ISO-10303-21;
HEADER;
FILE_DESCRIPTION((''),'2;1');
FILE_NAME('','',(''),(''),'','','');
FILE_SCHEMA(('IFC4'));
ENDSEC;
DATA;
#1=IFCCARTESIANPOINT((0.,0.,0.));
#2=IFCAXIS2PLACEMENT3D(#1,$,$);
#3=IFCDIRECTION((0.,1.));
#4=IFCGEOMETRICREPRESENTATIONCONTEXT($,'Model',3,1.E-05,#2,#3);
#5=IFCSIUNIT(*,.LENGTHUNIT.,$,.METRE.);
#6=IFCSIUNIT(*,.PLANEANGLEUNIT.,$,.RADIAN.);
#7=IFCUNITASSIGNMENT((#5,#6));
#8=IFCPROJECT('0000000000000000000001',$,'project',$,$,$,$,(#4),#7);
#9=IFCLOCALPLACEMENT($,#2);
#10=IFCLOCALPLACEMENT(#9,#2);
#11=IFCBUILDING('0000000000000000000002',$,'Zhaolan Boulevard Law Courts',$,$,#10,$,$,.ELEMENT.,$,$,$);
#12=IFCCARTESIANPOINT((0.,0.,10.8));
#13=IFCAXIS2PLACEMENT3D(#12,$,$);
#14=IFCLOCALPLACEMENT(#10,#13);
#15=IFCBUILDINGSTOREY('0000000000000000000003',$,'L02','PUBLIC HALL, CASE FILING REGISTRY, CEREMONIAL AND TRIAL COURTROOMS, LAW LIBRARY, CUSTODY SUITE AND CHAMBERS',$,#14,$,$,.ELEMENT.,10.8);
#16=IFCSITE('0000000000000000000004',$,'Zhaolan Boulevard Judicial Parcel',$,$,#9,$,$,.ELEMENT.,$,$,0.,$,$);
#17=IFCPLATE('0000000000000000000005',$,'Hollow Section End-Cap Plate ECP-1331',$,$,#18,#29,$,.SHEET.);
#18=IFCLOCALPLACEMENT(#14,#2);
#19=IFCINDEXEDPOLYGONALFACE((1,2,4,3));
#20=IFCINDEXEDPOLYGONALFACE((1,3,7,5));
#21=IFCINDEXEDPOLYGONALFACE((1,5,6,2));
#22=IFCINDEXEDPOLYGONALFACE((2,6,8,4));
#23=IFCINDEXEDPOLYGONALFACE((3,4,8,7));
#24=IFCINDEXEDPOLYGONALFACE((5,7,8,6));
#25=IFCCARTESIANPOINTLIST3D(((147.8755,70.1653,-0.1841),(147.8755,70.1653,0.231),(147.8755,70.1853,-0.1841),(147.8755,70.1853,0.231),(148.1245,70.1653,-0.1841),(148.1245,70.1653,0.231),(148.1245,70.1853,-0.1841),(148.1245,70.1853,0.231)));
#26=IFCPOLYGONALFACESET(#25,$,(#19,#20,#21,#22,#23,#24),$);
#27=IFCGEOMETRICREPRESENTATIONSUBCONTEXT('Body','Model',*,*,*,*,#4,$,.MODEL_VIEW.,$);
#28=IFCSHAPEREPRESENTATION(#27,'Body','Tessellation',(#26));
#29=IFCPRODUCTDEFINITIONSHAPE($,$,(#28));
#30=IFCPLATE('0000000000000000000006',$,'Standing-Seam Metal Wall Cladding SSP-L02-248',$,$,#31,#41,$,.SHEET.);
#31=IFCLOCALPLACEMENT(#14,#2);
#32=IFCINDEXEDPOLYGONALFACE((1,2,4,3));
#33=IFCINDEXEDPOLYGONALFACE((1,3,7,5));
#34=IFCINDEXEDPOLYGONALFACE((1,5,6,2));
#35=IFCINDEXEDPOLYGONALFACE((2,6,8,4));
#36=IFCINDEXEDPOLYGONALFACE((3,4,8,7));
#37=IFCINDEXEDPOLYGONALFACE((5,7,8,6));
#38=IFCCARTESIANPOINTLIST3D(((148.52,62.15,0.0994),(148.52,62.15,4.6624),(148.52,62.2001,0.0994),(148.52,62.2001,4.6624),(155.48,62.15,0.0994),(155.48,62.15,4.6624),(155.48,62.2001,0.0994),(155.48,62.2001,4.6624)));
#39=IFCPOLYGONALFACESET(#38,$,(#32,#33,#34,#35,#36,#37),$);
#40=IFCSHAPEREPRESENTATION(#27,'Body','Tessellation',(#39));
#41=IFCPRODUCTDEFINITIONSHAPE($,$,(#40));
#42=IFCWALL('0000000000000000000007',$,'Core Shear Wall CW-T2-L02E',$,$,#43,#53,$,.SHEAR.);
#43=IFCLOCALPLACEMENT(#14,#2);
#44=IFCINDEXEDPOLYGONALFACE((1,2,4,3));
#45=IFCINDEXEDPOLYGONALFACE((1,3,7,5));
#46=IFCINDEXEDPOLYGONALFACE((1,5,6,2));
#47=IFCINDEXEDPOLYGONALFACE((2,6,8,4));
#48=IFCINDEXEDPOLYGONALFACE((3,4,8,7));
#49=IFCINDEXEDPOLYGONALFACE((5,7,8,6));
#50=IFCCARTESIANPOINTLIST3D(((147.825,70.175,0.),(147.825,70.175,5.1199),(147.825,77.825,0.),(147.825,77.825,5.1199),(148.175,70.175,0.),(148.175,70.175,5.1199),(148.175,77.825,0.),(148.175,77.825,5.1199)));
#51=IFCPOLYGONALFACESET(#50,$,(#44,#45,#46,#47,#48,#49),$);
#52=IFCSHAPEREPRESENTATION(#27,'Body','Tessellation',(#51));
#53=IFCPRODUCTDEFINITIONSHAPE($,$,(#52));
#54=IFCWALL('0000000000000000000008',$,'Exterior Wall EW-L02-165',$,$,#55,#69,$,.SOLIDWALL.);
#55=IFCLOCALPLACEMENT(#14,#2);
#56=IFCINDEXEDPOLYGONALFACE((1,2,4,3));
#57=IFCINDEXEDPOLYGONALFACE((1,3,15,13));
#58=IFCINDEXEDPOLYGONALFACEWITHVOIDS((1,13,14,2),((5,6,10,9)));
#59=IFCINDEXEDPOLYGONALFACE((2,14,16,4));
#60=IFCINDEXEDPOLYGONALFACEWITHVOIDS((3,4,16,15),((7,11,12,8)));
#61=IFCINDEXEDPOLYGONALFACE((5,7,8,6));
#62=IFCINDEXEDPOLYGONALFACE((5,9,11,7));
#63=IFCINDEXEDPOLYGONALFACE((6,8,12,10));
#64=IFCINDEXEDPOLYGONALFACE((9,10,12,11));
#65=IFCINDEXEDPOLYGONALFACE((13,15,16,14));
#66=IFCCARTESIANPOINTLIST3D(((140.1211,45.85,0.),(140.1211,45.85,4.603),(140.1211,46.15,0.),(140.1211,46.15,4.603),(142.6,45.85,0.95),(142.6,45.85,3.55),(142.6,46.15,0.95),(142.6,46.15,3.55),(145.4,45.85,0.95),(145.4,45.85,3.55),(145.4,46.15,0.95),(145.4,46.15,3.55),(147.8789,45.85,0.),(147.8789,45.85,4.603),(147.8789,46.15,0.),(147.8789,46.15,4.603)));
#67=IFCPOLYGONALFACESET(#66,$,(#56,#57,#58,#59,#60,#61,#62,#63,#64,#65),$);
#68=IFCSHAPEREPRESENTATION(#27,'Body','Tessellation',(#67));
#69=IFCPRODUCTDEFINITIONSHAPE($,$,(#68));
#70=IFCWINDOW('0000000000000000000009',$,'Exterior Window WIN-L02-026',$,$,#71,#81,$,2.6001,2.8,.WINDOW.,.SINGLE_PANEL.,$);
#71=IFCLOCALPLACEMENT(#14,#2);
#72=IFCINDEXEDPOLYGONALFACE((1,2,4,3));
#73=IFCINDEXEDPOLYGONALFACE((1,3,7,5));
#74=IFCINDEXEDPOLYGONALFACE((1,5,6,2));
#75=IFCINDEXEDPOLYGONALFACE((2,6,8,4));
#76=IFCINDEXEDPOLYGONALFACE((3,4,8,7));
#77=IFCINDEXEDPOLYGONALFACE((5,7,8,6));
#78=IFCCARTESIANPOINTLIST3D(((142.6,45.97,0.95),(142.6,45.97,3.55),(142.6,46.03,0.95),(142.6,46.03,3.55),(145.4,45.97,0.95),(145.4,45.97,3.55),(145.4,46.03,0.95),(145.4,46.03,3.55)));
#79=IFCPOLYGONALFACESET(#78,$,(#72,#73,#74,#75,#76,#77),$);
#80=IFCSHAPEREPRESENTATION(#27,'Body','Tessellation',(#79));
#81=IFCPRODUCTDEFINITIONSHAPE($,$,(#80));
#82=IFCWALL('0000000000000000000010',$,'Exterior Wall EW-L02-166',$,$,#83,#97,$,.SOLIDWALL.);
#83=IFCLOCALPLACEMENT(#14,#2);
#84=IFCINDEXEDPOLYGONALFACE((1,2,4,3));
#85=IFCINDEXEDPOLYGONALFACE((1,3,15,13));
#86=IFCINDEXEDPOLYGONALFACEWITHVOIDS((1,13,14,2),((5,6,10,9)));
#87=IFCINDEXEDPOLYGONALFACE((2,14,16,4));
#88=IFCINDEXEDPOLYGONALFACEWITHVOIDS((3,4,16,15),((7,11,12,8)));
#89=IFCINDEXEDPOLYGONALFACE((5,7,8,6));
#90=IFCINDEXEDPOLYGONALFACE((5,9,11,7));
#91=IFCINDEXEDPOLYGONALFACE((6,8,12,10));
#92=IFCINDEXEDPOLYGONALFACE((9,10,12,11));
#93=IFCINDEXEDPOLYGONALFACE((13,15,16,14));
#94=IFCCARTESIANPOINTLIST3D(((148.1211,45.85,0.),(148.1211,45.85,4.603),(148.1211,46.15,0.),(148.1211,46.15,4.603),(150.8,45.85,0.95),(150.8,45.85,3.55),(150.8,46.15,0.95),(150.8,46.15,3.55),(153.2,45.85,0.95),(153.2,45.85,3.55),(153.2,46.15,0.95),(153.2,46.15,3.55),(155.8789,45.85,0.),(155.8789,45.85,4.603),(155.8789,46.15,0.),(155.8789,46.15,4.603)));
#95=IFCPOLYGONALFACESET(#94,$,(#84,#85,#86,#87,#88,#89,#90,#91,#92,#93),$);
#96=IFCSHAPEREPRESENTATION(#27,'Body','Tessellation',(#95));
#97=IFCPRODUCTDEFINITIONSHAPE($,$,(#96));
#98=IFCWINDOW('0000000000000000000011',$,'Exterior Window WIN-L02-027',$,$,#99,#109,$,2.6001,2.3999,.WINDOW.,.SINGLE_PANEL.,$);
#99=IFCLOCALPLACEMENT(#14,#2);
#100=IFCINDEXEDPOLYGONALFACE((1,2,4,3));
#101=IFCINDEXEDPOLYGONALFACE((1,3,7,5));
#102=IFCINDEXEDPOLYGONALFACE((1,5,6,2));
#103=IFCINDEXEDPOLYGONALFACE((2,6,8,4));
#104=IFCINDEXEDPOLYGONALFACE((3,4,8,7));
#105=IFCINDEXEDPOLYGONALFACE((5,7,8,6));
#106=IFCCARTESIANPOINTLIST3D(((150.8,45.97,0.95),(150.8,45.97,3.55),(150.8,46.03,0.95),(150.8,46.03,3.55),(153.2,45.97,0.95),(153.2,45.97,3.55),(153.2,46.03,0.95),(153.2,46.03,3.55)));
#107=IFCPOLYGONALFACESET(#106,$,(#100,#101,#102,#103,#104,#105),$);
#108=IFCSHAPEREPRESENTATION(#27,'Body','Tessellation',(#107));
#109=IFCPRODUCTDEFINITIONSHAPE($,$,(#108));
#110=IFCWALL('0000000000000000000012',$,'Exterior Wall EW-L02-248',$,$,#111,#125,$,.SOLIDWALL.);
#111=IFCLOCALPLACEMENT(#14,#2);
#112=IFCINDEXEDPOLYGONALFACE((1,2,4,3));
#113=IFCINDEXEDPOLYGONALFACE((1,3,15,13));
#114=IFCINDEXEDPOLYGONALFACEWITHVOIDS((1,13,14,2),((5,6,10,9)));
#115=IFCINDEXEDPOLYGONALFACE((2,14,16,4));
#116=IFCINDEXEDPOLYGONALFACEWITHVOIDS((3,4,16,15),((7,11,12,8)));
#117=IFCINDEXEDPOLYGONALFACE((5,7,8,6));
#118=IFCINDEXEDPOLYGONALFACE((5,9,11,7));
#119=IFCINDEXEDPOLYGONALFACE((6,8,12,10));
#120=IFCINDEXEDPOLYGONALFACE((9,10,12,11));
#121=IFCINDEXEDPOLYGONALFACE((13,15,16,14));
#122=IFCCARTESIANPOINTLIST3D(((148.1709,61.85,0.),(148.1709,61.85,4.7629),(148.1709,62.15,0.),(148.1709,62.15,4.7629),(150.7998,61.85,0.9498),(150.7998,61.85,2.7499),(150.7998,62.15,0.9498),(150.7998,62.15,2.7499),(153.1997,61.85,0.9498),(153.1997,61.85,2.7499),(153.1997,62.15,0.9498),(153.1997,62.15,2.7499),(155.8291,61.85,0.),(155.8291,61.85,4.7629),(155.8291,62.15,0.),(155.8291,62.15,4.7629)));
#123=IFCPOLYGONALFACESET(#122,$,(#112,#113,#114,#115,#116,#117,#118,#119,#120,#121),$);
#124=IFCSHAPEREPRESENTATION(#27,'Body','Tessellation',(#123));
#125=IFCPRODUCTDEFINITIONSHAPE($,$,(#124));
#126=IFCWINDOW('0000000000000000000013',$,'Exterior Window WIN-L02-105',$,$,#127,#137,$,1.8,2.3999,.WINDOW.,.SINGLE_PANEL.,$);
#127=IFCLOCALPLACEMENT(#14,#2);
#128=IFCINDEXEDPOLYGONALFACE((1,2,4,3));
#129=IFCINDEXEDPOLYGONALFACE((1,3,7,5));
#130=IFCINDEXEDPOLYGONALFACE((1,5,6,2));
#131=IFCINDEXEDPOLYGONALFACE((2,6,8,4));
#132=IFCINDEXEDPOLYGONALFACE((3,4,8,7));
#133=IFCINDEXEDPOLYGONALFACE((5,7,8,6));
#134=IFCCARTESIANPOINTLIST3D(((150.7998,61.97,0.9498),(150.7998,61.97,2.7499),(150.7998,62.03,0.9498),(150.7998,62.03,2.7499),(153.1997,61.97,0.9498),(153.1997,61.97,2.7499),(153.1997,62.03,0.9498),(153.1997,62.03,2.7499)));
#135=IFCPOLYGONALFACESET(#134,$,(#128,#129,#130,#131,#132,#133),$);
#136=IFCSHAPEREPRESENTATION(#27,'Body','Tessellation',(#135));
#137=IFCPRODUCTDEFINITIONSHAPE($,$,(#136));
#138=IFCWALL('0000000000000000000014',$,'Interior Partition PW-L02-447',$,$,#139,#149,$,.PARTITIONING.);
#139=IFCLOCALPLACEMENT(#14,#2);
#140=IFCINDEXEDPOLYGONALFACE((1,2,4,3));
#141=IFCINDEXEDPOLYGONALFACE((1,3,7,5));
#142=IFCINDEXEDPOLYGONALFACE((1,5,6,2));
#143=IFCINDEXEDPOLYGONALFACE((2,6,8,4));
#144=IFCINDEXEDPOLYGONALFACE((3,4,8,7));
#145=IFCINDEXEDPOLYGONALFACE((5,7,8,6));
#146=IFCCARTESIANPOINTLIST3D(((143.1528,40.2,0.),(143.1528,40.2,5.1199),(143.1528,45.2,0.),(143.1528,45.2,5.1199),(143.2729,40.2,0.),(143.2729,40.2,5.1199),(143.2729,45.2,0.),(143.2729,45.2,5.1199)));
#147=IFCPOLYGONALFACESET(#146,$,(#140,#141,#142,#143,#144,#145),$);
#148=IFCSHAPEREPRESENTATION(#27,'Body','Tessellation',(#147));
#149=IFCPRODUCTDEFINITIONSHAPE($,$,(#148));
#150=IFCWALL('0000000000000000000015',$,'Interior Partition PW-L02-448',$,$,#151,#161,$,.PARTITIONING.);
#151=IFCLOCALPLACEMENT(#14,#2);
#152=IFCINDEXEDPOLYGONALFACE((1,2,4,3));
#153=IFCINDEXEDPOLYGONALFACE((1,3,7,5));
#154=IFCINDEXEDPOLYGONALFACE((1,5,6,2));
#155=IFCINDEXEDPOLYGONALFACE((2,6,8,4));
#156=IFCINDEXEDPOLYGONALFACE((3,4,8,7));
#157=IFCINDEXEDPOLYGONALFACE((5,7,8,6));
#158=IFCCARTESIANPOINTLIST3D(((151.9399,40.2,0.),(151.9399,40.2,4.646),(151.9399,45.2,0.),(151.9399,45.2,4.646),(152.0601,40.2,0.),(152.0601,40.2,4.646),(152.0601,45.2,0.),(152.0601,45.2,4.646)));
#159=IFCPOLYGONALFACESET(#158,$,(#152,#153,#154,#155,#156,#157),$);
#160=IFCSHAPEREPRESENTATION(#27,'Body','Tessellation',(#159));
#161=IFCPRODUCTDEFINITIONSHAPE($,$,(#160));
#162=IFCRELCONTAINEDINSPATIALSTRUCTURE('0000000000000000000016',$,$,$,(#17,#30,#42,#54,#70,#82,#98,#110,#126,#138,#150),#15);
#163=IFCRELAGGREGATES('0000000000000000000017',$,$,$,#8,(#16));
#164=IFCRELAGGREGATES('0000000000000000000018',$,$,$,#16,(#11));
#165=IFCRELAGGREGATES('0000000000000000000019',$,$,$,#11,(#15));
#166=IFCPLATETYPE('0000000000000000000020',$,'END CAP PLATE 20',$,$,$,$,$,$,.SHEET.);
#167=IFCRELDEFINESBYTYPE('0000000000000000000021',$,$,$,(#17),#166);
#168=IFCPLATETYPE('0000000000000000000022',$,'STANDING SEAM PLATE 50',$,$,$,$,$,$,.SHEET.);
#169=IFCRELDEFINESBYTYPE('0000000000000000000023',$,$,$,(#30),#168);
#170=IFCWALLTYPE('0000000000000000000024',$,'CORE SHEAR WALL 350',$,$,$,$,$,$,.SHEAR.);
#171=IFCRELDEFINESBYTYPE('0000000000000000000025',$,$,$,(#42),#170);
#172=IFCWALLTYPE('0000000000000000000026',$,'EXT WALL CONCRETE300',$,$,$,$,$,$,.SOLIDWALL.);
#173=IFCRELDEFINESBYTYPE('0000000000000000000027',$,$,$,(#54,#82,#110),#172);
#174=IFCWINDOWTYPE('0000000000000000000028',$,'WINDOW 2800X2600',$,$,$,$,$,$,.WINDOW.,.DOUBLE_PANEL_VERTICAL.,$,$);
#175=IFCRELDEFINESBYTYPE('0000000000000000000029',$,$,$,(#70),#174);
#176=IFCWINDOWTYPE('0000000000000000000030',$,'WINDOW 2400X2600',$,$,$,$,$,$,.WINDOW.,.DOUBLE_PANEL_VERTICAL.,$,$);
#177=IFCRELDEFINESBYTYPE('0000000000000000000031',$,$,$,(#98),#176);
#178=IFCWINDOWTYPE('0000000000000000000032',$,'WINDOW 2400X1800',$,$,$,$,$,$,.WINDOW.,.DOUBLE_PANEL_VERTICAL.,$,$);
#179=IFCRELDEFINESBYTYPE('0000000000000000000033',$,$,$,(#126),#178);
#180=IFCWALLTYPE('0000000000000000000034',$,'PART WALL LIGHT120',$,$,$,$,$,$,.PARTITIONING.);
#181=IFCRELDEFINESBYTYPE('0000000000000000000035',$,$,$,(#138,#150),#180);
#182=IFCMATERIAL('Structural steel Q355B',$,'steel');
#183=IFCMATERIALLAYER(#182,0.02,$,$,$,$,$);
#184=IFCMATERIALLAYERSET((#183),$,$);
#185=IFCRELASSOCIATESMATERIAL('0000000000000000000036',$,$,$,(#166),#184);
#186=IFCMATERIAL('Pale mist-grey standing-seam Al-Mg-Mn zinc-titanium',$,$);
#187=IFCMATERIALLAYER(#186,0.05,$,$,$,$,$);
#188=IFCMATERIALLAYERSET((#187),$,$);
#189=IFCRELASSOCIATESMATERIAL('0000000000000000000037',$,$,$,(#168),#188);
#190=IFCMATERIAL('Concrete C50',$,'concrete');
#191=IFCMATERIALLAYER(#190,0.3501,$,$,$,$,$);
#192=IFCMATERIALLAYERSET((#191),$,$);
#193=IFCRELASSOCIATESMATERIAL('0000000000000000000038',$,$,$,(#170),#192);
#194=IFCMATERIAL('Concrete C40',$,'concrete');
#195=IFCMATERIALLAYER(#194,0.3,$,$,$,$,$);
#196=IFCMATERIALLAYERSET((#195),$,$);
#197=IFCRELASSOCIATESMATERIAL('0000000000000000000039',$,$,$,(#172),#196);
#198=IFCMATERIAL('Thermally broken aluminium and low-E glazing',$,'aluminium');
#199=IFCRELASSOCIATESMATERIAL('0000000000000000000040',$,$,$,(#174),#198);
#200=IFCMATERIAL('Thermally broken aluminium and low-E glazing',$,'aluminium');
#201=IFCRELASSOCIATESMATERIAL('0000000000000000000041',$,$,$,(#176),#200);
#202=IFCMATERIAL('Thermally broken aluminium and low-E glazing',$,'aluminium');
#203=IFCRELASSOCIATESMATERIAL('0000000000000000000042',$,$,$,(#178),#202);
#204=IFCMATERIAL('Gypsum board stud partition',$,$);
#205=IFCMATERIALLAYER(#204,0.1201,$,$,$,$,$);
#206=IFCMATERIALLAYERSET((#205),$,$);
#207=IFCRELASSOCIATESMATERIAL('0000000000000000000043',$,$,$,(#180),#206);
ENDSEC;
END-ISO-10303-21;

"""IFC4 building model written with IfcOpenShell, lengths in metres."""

from ifc_helpers import new_model, si_unit, direction, frame, frame_2d, origin, origin_2d, place, context, subcontext, project, spatial, rectangle, extrude, material, layer, layer_set, type_object, element, fill, save


model = new_model("IFC4")

# Units and contexts
model_context = context("Model", 3, precision=1e-05, world=origin(), true_north=direction((0.0, 1.0)))
body_context = subcontext(model_context, "Body", "Model", "MODEL_VIEW")
ifc_project = project(units=[si_unit("LENGTHUNIT", "METRE"), si_unit("PLANEANGLEUNIT", "RADIAN")], contexts=[model_context])

# Site, building, storey
site_placement = place(None, origin())
site = spatial("IfcSite", under=ifc_project, at=site_placement, Name="Zhaolan Boulevard Judicial Parcel", CompositionType="ELEMENT", RefElevation=0.0)
building_placement = place(site_placement, origin())
building = spatial("IfcBuilding", under=site, at=building_placement, Name="Zhaolan Boulevard Law Courts", CompositionType="ELEMENT")
storey_placement = place(building_placement, frame((0.0, 0.0, 10.8)))
storey = spatial("IfcBuildingStorey", under=building, at=storey_placement, Name="L02", Description="PUBLIC HALL, CASE FILING REGISTRY, CEREMONIAL AND TRIAL COURTROOMS, LAW LIBRARY, CUSTODY SUITE AND CHAMBERS", CompositionType="ELEMENT", Elevation=10.8)

# Plates
ifc_material_1 = material(Name="Structural steel Q355B", Category="steel")
ifc_layer_1 = layer(ifc_material_1, 0.02)
ifc_layer_set_1 = layer_set([ifc_layer_1])
plate_type_1 = type_object("IfcPlateType", Name="END CAP PLATE 20", PredefinedType="SHEET", material=ifc_layer_set_1)
plate_1_placement = place(storey_placement, frame((148.0, 70.1753, -0.1841), z_axis=(0.0, 0.0, 1.0), x_axis=(0.0, 1.0, 0.0)))
element("IfcPlate", 1, at=plate_1_placement, inside=storey, type_object=plate_type_1, Name="Hollow Section End-Cap Plate ECP-1331", PredefinedType="SHEET", context=body_context, shape_type="SweptSolid", body=[
    extrude(rectangle(XDim=0.02, YDim=0.249, at=origin_2d()), origin(), (0.0, 0.0, 1.0), 0.415),
])
ifc_material_2 = material(Name="Pale mist-grey standing-seam Al-Mg-Mn zinc-titanium")
ifc_layer_2 = layer(ifc_material_2, 0.05)
ifc_layer_set_2 = layer_set([ifc_layer_2])
plate_type_2 = type_object("IfcPlateType", Name="STANDING SEAM PLATE 50", PredefinedType="SHEET", material=ifc_layer_set_2)
plate_2_placement = place(storey_placement, frame((152.0, 62.175, 0.0994), z_axis=(0.0, 0.0, 1.0), x_axis=(1.0, 0.0, 0.0)))
element("IfcPlate", 2, at=plate_2_placement, inside=storey, type_object=plate_type_2, Name="Standing-Seam Metal Wall Cladding SSP-L02-248", PredefinedType="SHEET", context=body_context, shape_type="SweptSolid", body=[
    extrude(rectangle(XDim=6.96, YDim=0.05, at=origin_2d()), origin(), (0.0, 0.0, 1.0), 4.563),
])

# Wall
ifc_material_3 = material(Name="Concrete C50", Category="concrete")
ifc_layer_3 = layer(ifc_material_3, 0.3501)
ifc_layer_set_3 = layer_set([ifc_layer_3])
wall_type_1 = type_object("IfcWallType", Name="CORE SHEAR WALL 350", PredefinedType="SHEAR", material=ifc_layer_set_3)
wall_1_placement = place(storey_placement, frame((148.0, 70.175, 0.0), z_axis=(0.0, 0.0, 1.0), x_axis=(0.0, 1.0, 0.0)))
element("IfcWall", 3, at=wall_1_placement, inside=storey, type_object=wall_type_1, Name="Core Shear Wall CW-T2-L02E", PredefinedType="SHEAR", context=body_context, shape_type="SweptSolid", body=[
    extrude(rectangle(XDim=7.6499, YDim=0.3501, at=frame_2d((3.825, 0.0))), origin(), (0.0, 0.0, 1.0), 5.1199),
])

# Walls, openings, windows
ifc_material_4 = material(Name="Concrete C40", Category="concrete")
ifc_layer_4 = layer(ifc_material_4, 0.3)
ifc_layer_set_4 = layer_set([ifc_layer_4])
wall_type_2 = type_object("IfcWallType", Name="EXT WALL CONCRETE300", PredefinedType="SOLIDWALL", material=ifc_layer_set_4)
wall_2_placement = place(storey_placement, frame((147.8789, 46.0, 0.0), z_axis=(0.0, 0.0, 1.0), x_axis=(-1.0, 0.0, 0.0)))
wall_2 = element("IfcWall", 4, at=wall_2_placement, inside=storey, type_object=wall_type_2, Name="Exterior Wall EW-L02-165", PredefinedType="SOLIDWALL", context=body_context, shape_type="SweptSolid", body=[
    extrude(rectangle(XDim=7.7578, YDim=0.3, at=frame_2d((3.8789, 0.0))), origin(), (0.0, 0.0, 1.0), 4.603),
])
opening_1_placement = place(wall_2_placement, frame((2.479, 0.0, 0.95)))
opening_1 = element("IfcOpeningElement", 5, at=opening_1_placement, cuts=wall_2, PredefinedType="OPENING", context=body_context, shape_type="SweptSolid", body=[
    extrude(rectangle(XDim=2.8, YDim=2.6001, at=frame_2d((1.3999, 1.3))), frame((0.0, 0.1599, 0.0), z_axis=(0.0, -1.0, 0.0), x_axis=(1.0, 0.0, 0.0)), (0.0, 0.0, 1.0), 0.3201),
])
ifc_material_5 = material(Name="Thermally broken aluminium and low-E glazing", Category="aluminium")
window_type_1 = type_object("IfcWindowType", Name="WINDOW 2800X2600", PartitioningType="DOUBLE_PANEL_VERTICAL", PredefinedType="WINDOW", material=ifc_material_5)
window_1_placement = place(opening_1_placement, origin())
window_1 = element("IfcWindow", 6, at=window_1_placement, inside=storey, type_object=window_type_1, Name="Exterior Window WIN-L02-026", OverallHeight=2.6001, OverallWidth=2.8, PartitioningType="SINGLE_PANEL", PredefinedType="WINDOW", context=body_context, shape_type="SweptSolid", body=[
    extrude(rectangle(XDim=2.8, YDim=2.6001, at=frame_2d((1.3999, 1.3))), frame((0.0, 0.03, 0.0), z_axis=(0.0, -1.0, 0.0), x_axis=(1.0, 0.0, 0.0)), (0.0, 0.0, 1.0), 0.0601),
])
fill(opening_1, window_1)
wall_3_placement = place(storey_placement, frame((155.8789, 46.0, 0.0), z_axis=(0.0, 0.0, 1.0), x_axis=(-1.0, 0.0, 0.0)))
wall_3 = element("IfcWall", 7, at=wall_3_placement, inside=storey, type_object=wall_type_2, Name="Exterior Wall EW-L02-166", PredefinedType="SOLIDWALL", context=body_context, shape_type="SweptSolid", body=[
    extrude(rectangle(XDim=7.7578, YDim=0.3, at=frame_2d((3.8789, 0.0))), origin(), (0.0, 0.0, 1.0), 4.603),
])
opening_2_placement = place(wall_3_placement, frame((2.679, 0.0, 0.95)))
opening_2 = element("IfcOpeningElement", 8, at=opening_2_placement, cuts=wall_3, PredefinedType="OPENING", context=body_context, shape_type="SweptSolid", body=[
    extrude(rectangle(XDim=2.3999, YDim=2.6001, at=frame_2d((1.2, 1.3))), frame((0.0, 0.1599, 0.0), z_axis=(0.0, -1.0, 0.0), x_axis=(1.0, 0.0, 0.0)), (0.0, 0.0, 1.0), 0.3201),
])
ifc_material_6 = material(Name="Thermally broken aluminium and low-E glazing", Category="aluminium")
window_type_2 = type_object("IfcWindowType", Name="WINDOW 2400X2600", PartitioningType="DOUBLE_PANEL_VERTICAL", PredefinedType="WINDOW", material=ifc_material_6)
window_2_placement = place(opening_2_placement, origin())
window_2 = element("IfcWindow", 9, at=window_2_placement, inside=storey, type_object=window_type_2, Name="Exterior Window WIN-L02-027", OverallHeight=2.6001, OverallWidth=2.3999, PartitioningType="SINGLE_PANEL", PredefinedType="WINDOW", context=body_context, shape_type="SweptSolid", body=[
    extrude(rectangle(XDim=2.3999, YDim=2.6001, at=frame_2d((1.2, 1.3))), frame((0.0, 0.03, 0.0), z_axis=(0.0, -1.0, 0.0), x_axis=(1.0, 0.0, 0.0)), (0.0, 0.0, 1.0), 0.0601),
])
fill(opening_2, window_2)
wall_4_placement = place(storey_placement, frame((148.1709, 62.0, 0.0), z_axis=(0.0, 0.0, 1.0), x_axis=(1.0, 0.0, 0.0)))
wall_4 = element("IfcWall", 10, at=wall_4_placement, inside=storey, type_object=wall_type_2, Name="Exterior Wall EW-L02-248", PredefinedType="SOLIDWALL", context=body_context, shape_type="SweptSolid", body=[
    extrude(rectangle(XDim=7.6582, YDim=0.3, at=frame_2d((3.8291, 0.0))), origin(), (0.0, 0.0, 1.0), 4.7629),
])
opening_3_placement = place(wall_4_placement, frame((2.6289, 0.0, 0.95)))
opening_3 = element("IfcOpeningElement", 11, at=opening_3_placement, cuts=wall_4, PredefinedType="OPENING", context=body_context, shape_type="SweptSolid", body=[
    extrude(rectangle(XDim=2.3999, YDim=1.8, at=frame_2d((1.2, 0.8999))), frame((0.0, 0.1599, 0.0), z_axis=(0.0, -1.0, 0.0), x_axis=(1.0, 0.0, 0.0)), (0.0, 0.0, 1.0), 0.3201),
])
ifc_material_7 = material(Name="Thermally broken aluminium and low-E glazing", Category="aluminium")
window_type_3 = type_object("IfcWindowType", Name="WINDOW 2400X1800", PartitioningType="DOUBLE_PANEL_VERTICAL", PredefinedType="WINDOW", material=ifc_material_7)
window_3_placement = place(opening_3_placement, origin())
window_3 = element("IfcWindow", 12, at=window_3_placement, inside=storey, type_object=window_type_3, Name="Exterior Window WIN-L02-105", OverallHeight=1.8, OverallWidth=2.3999, PartitioningType="SINGLE_PANEL", PredefinedType="WINDOW", context=body_context, shape_type="SweptSolid", body=[
    extrude(rectangle(XDim=2.3999, YDim=1.8, at=frame_2d((1.2, 0.8999))), frame((0.0, 0.03, 0.0), z_axis=(0.0, -1.0, 0.0), x_axis=(1.0, 0.0, 0.0)), (0.0, 0.0, 1.0), 0.0601),
])
fill(opening_3, window_3)

# Walls
ifc_material_8 = material(Name="Gypsum board stud partition")
ifc_layer_5 = layer(ifc_material_8, 0.1201)
ifc_layer_set_5 = layer_set([ifc_layer_5])
wall_type_3 = type_object("IfcWallType", Name="PART WALL LIGHT120", PredefinedType="PARTITIONING", material=ifc_layer_set_5)
wall_5_placement = place(storey_placement, frame((143.2129, 45.2, 0.0), z_axis=(0.0, 0.0, 1.0), x_axis=(0.0, -1.0, 0.0)))
element("IfcWall", 13, at=wall_5_placement, inside=storey, type_object=wall_type_3, Name="Interior Partition PW-L02-447", PredefinedType="PARTITIONING", context=body_context, shape_type="SweptSolid", body=[
    extrude(rectangle(XDim=5.0, YDim=0.1201, at=frame_2d((2.5, 0.0))), origin(), (0.0, 0.0, 1.0), 5.1199),
])
wall_6_placement = place(storey_placement, frame((152.0, 40.2, 0.0), z_axis=(0.0, 0.0, 1.0), x_axis=(0.0, 1.0, 0.0)))
element("IfcWall", 14, at=wall_6_placement, inside=storey, type_object=wall_type_3, Name="Interior Partition PW-L02-448", PredefinedType="PARTITIONING", context=body_context, shape_type="SweptSolid", body=[
    extrude(rectangle(XDim=5.0, YDim=0.1201, at=frame_2d((2.5, 0.0))), origin(), (0.0, 0.0, 1.0), 4.646),
])

save(model, "model.ifc")
